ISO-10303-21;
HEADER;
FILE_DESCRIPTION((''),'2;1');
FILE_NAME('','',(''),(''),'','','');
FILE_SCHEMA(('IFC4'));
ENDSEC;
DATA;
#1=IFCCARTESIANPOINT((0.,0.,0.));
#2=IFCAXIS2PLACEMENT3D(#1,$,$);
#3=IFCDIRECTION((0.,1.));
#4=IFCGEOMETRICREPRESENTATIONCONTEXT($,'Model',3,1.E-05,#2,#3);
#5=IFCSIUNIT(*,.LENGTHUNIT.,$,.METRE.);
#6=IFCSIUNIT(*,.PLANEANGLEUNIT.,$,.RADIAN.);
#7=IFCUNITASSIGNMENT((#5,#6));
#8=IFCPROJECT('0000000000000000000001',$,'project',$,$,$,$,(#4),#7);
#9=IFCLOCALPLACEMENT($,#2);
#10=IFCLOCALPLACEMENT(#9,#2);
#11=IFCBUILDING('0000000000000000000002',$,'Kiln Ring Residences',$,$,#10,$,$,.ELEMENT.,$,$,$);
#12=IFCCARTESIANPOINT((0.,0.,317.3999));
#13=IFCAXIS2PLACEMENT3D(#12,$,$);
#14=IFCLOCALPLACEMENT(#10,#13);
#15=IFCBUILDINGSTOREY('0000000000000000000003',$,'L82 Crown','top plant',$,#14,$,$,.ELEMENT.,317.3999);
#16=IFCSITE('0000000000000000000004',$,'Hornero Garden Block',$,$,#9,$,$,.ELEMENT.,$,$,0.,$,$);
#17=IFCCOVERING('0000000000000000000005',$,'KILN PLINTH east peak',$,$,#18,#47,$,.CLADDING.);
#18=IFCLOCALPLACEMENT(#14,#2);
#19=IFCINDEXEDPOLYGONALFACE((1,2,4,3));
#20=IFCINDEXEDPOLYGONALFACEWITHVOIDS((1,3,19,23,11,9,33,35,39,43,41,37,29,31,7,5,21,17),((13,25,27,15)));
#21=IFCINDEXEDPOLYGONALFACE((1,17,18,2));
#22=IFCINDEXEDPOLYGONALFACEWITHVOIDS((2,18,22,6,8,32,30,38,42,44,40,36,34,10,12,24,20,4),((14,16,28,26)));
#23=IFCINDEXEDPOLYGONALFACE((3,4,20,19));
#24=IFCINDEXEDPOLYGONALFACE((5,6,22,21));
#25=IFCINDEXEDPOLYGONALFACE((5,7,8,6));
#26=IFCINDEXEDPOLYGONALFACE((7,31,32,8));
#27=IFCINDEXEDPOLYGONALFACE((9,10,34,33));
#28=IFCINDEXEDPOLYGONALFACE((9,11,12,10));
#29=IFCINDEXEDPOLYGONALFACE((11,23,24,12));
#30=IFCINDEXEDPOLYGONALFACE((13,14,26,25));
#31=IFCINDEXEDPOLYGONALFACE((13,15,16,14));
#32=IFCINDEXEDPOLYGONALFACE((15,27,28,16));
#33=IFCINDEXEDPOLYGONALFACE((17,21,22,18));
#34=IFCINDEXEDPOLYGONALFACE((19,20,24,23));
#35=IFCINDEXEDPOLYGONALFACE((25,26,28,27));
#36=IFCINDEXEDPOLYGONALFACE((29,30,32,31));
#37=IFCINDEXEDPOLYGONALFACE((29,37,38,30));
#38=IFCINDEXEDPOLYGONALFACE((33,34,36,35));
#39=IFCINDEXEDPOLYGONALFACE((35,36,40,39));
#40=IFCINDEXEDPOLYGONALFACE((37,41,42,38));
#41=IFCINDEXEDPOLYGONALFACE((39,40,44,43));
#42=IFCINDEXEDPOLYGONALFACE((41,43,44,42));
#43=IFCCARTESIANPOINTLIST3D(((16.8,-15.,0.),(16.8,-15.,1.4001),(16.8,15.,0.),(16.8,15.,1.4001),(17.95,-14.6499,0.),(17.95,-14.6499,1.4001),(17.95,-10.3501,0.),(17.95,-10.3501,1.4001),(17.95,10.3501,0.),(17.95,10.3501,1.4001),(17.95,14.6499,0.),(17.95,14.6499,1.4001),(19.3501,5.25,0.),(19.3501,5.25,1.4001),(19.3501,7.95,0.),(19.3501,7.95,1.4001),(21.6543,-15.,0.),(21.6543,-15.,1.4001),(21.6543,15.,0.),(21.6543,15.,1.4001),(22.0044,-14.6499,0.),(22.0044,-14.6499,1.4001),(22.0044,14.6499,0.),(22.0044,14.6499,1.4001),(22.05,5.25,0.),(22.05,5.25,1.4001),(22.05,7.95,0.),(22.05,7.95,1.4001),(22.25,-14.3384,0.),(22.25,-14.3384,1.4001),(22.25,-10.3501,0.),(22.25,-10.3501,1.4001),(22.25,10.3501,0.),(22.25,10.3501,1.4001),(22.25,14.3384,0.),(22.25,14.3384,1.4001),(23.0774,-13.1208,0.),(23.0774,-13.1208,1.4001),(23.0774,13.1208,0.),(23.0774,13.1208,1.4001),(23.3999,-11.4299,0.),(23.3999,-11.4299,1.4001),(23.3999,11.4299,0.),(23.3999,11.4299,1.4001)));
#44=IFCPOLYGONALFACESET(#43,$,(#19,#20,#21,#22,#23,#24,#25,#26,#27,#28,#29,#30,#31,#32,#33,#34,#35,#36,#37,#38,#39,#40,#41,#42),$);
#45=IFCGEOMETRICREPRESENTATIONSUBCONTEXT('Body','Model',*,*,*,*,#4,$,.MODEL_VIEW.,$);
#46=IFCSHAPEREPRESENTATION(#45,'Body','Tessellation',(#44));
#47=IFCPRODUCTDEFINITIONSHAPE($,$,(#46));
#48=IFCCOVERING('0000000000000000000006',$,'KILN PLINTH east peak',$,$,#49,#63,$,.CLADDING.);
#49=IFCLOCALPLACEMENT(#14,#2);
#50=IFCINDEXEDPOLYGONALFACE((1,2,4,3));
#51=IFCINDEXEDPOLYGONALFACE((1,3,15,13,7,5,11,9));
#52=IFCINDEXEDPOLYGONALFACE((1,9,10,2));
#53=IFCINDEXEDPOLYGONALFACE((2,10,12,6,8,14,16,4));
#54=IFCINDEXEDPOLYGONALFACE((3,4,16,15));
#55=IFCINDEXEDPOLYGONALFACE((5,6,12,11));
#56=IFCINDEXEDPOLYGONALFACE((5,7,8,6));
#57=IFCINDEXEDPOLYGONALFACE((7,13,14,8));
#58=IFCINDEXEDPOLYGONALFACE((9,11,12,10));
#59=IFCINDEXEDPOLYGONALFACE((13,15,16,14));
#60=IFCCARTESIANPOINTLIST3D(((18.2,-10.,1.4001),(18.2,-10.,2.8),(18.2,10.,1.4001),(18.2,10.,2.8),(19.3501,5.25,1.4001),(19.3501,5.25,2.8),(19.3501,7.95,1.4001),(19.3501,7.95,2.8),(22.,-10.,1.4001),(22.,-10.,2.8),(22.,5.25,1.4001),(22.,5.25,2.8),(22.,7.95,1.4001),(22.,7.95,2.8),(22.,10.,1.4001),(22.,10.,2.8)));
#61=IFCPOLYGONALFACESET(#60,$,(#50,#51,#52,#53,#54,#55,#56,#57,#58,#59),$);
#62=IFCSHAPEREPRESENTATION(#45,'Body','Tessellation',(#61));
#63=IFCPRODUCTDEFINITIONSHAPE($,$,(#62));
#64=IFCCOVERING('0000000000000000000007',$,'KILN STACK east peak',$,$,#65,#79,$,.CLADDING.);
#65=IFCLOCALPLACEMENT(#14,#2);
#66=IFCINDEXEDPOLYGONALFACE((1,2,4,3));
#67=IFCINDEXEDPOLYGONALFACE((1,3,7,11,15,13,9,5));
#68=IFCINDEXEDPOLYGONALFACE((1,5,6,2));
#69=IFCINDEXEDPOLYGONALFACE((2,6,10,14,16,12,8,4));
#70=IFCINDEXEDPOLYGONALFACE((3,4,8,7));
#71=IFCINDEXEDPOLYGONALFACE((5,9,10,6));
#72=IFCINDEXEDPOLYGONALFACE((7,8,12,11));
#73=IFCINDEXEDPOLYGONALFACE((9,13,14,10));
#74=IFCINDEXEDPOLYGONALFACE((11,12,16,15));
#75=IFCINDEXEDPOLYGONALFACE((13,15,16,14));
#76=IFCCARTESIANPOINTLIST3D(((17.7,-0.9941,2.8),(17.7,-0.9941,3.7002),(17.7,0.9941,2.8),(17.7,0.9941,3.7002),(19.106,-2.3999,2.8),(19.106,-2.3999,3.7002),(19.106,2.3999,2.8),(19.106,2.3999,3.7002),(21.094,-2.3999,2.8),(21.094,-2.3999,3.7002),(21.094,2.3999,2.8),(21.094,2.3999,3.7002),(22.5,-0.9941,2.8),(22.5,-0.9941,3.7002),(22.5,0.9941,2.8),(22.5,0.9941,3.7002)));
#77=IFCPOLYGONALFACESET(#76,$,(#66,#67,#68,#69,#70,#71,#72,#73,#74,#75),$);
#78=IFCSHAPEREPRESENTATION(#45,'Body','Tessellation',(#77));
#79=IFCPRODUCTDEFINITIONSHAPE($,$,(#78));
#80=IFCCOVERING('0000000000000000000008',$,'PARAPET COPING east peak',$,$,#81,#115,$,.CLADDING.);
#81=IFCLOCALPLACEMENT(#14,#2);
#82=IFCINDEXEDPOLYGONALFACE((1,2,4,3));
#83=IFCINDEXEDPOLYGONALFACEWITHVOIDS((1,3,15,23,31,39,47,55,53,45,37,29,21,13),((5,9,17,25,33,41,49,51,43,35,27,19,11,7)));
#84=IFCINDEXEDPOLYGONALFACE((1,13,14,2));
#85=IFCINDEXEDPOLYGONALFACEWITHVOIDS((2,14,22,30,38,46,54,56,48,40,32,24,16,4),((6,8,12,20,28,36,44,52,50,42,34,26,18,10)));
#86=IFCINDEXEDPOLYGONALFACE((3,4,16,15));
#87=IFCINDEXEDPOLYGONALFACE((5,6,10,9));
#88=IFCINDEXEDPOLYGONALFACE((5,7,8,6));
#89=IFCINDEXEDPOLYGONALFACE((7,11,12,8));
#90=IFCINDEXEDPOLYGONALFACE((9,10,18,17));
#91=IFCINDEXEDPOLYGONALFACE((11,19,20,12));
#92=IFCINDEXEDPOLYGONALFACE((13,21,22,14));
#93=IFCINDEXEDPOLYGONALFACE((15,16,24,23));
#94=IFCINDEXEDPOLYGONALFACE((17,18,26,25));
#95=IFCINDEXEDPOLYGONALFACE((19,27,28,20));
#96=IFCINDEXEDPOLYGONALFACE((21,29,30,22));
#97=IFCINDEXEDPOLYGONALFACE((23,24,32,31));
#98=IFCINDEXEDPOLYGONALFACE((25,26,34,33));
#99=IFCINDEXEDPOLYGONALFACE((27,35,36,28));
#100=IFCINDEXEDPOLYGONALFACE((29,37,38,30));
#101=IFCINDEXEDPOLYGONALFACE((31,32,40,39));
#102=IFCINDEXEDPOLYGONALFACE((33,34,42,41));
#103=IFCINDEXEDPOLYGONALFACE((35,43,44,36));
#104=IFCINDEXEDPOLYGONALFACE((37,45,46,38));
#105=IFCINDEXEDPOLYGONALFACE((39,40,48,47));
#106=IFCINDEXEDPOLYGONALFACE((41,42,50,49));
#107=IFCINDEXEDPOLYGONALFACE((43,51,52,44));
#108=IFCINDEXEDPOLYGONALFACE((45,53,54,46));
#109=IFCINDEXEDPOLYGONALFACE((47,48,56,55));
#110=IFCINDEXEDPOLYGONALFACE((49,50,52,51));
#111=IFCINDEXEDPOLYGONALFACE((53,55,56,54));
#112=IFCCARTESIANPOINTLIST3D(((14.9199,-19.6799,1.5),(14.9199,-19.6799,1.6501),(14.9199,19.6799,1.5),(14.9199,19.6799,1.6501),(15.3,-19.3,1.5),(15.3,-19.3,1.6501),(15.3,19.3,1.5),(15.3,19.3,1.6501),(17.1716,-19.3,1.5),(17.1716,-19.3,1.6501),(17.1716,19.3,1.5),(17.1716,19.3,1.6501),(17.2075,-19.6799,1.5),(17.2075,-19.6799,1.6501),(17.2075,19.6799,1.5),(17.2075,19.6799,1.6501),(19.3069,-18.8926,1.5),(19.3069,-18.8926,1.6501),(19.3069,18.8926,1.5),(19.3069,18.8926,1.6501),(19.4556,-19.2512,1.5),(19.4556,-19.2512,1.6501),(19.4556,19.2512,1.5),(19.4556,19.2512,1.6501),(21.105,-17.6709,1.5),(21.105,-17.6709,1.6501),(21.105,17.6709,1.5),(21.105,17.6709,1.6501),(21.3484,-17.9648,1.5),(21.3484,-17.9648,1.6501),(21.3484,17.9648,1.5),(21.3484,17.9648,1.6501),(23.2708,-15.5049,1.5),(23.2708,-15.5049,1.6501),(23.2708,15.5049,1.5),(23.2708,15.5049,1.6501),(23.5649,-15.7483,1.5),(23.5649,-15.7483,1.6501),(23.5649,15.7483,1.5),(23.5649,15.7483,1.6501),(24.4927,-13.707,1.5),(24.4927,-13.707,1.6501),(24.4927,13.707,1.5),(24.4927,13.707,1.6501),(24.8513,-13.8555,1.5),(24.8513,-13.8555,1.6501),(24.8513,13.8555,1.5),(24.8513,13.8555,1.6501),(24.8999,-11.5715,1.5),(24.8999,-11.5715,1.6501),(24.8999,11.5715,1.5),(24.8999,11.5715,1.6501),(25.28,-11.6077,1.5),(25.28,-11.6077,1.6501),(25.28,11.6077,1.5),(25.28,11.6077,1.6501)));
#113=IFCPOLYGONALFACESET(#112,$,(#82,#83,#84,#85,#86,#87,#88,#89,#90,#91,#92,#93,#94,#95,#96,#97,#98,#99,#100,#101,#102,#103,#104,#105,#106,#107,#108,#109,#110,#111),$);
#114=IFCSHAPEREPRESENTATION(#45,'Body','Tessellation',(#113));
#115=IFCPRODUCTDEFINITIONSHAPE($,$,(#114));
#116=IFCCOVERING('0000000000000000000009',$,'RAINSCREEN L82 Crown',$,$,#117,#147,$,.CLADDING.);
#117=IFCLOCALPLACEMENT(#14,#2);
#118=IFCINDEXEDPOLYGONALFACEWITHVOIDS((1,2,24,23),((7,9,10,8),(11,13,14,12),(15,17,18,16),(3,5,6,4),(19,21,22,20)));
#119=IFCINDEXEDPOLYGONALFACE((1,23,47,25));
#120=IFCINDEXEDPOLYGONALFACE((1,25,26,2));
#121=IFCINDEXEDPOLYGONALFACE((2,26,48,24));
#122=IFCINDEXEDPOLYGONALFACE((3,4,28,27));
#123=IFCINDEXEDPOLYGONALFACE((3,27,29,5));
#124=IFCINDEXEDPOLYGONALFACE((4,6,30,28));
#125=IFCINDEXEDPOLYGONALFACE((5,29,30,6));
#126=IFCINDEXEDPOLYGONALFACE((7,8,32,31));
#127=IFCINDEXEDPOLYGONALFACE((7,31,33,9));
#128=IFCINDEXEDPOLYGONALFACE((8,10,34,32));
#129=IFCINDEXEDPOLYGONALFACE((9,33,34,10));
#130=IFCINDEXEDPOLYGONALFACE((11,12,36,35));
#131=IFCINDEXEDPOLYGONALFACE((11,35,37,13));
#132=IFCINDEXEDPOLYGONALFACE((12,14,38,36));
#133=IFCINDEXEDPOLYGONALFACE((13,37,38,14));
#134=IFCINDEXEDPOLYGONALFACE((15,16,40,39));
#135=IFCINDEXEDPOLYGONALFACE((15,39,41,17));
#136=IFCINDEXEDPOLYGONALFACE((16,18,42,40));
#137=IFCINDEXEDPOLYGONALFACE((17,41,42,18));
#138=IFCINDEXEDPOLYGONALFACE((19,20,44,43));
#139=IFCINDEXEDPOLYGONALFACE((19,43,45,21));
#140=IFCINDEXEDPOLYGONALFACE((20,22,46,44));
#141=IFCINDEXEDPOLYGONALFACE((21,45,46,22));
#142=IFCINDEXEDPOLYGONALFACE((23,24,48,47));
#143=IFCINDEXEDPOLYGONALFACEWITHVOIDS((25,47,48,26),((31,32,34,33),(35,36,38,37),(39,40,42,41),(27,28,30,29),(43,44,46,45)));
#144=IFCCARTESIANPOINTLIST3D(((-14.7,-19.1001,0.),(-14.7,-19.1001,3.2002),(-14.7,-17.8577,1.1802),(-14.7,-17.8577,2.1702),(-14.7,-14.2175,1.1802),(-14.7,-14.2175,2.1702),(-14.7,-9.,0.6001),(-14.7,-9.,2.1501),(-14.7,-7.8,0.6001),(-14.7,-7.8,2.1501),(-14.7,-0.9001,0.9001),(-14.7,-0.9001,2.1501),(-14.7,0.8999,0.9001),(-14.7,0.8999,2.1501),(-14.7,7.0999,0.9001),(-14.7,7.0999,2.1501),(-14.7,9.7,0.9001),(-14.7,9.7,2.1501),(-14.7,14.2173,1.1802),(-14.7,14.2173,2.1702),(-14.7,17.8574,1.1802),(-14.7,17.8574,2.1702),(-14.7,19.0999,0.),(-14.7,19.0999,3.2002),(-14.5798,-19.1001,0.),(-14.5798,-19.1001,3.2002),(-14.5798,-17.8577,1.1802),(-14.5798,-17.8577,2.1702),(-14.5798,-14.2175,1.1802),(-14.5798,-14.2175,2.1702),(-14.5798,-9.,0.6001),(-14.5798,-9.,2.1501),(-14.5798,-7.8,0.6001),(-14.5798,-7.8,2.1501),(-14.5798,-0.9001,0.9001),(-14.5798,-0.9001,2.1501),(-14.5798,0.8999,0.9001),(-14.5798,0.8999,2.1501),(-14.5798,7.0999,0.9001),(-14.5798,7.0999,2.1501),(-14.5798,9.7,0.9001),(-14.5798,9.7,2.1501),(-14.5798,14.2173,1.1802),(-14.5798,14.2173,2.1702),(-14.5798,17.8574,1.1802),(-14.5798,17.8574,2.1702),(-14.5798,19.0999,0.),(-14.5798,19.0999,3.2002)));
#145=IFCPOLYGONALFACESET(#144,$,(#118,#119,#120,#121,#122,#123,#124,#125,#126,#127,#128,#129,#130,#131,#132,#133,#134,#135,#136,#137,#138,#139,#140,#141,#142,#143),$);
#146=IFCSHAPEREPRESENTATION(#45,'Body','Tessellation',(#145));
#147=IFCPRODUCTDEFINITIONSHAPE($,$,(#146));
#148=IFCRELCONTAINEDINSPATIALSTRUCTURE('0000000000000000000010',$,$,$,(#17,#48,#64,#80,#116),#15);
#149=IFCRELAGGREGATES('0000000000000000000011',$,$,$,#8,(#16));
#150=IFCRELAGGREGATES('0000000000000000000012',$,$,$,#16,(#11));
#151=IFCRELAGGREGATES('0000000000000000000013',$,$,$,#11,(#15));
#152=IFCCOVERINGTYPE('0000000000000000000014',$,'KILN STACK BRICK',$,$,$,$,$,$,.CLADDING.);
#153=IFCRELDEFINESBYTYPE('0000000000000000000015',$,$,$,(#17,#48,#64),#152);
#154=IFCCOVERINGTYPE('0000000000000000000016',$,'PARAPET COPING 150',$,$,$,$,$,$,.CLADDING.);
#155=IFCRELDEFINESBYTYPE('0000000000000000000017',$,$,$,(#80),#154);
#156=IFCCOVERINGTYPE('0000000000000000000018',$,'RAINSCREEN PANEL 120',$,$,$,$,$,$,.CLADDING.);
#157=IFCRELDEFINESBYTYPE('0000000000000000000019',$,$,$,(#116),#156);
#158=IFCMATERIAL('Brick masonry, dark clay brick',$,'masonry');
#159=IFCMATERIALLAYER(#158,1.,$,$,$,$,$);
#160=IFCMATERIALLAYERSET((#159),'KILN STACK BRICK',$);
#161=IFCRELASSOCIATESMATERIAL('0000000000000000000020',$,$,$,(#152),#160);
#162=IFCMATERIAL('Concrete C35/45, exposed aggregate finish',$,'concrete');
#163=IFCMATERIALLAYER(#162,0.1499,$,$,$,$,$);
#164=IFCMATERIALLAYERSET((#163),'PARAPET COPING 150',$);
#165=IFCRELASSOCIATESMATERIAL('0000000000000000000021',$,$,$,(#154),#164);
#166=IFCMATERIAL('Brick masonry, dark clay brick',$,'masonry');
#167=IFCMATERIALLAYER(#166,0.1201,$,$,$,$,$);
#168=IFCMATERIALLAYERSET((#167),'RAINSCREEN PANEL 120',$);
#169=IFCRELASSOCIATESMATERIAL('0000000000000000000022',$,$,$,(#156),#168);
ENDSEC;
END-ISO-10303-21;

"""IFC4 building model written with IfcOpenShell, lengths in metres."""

from ifc_helpers import new_model, si_unit, direction, frame, origin, place, context, subcontext, project, spatial, polyline, outline, extrude, material, layer, layer_set, type_object, element, save


model = new_model("IFC4")

# Units and contexts
model_context = context("Model", 3, precision=1e-05, world=origin(), true_north=direction((0.0, 1.0)))
body_context = subcontext(model_context, "Body", "Model", "MODEL_VIEW")
ifc_project = project(units=[si_unit("LENGTHUNIT", "METRE"), si_unit("PLANEANGLEUNIT", "RADIAN")], contexts=[model_context])

# Site, building, storey
site_placement = place(None, origin())
site = spatial("IfcSite", under=ifc_project, at=site_placement, Name="Hornero Garden Block", CompositionType="ELEMENT", RefElevation=0.0)
building_placement = place(site_placement, origin())
building = spatial("IfcBuilding", under=site, at=building_placement, Name="Kiln Ring Residences", CompositionType="ELEMENT")
storey_placement = place(building_placement, frame((0.0, 0.0, 317.3999)))
storey = spatial("IfcBuildingStorey", under=building, at=storey_placement, Name="L82 Crown", Description="top plant", CompositionType="ELEMENT", Elevation=317.3999)

# Shared definitions
placement_1 = place(storey_placement, frame((0.0, 0.0, 1.4001)))

# Shared definitions
placement_2 = place(storey_placement, origin())

# Coverings
ifc_material_1 = material(Name="Brick masonry, dark clay brick", Category="masonry")
ifc_layer_1 = layer(ifc_material_1, 1.0)
ifc_layer_set_1 = layer_set([ifc_layer_1], Name="KILN STACK BRICK")
covering_type_1 = type_object("IfcCoveringType", Name="KILN STACK BRICK", PredefinedType="CLADDING", material=ifc_layer_set_1)
element("IfcCovering", 1, at=placement_2, inside=storey, type_object=covering_type_1, Name="KILN PLINTH east peak", PredefinedType="CLADDING", context=body_context, shape_type="SweptSolid", body=[
    extrude(outline(polyline([(17.95, 14.6499), (22.0044, 14.6499), (21.6543, 15.0), (16.8, 15.0), (16.8, -15.0), (21.6543, -15.0), (22.0044, -14.6499), (17.95, -14.6499), (17.95, -10.3501), (22.25, -10.3501), (22.25, -14.3384), (23.0774, -13.1208), (23.3999, -11.4299), (23.3999, 11.4299), (23.0774, 13.1208), (22.25, 14.3384), (22.25, 10.3501), (17.95, 10.3501), (17.95, 14.6499)]), holes=[polyline([(22.05, 7.95), (22.05, 5.25), (19.3501, 5.25), (19.3501, 7.95), (22.05, 7.95)])]), origin(), (0.0, 0.0, 1.0), 1.4001),
])
element("IfcCovering", 2, at=placement_1, inside=storey, type_object=covering_type_1, Name="KILN PLINTH east peak", PredefinedType="CLADDING", context=body_context, shape_type="SweptSolid", body=[
    extrude(outline(polyline([(22.0, 10.0), (18.2, 10.0), (18.2, -10.0), (22.0, -10.0), (22.0, 5.25), (19.3501, 5.25), (19.3501, 7.95), (22.0, 7.95), (22.0, 10.0)])), origin(), (0.0, 0.0, 1.0), 1.3999),
])
covering_1_placement = place(storey_placement, frame((0.0, 0.0, 2.8)))
element("IfcCovering", 3, at=covering_1_placement, inside=storey, type_object=covering_type_1, Name="KILN STACK east peak", PredefinedType="CLADDING", context=body_context, shape_type="SweptSolid", body=[
    extrude(outline(polyline([(22.5, 0.9941), (21.094, 2.3999), (19.106, 2.3999), (17.7, 0.9941), (17.7, -0.9941), (19.106, -2.3999), (21.094, -2.3999), (22.5, -0.9941), (22.5, 0.9941)])), origin(), (0.0, 0.0, 1.0), 0.9001),
])
ifc_material_2 = material(Name="Concrete C35/45, exposed aggregate finish", Category="concrete")
ifc_layer_2 = layer(ifc_material_2, 0.1499)
ifc_layer_set_2 = layer_set([ifc_layer_2], Name="PARAPET COPING 150")
covering_type_2 = type_object("IfcCoveringType", Name="PARAPET COPING 150", PredefinedType="CLADDING", material=ifc_layer_set_2)
covering_2_placement = place(storey_placement, frame((0.0, 0.0, 1.5)))
element("IfcCovering", 4, at=covering_2_placement, inside=storey, type_object=covering_type_2, Name="PARAPET COPING east peak", PredefinedType="CLADDING", context=body_context, shape_type="SweptSolid", body=[
    extrude(outline(polyline([(14.9199, 19.6799), (14.9199, -19.6799), (17.2075, -19.6799), (19.4556, -19.2512), (21.3484, -17.9648), (23.5649, -15.7483), (24.8513, -13.8555), (25.28, -11.6077), (25.28, 11.6077), (24.8513, 13.8555), (23.5649, 15.7483), (21.3484, 17.9648), (19.4556, 19.2512), (17.2075, 19.6799), (14.9199, 19.6799)]), holes=[polyline([(17.1716, -19.3), (15.3, -19.3), (15.3, 19.3), (17.1716, 19.3), (19.3069, 18.8926), (21.105, 17.6709), (23.2708, 15.5049), (24.4927, 13.707), (24.8999, 11.5715), (24.8999, -11.5715), (24.4927, -13.707), (23.2708, -15.5049), (21.105, -17.6709), (19.3069, -18.8926), (17.1716, -19.3)])]), origin(), (0.0, 0.0, 1.0), 0.1501),
])
ifc_material_3 = material(Name="Brick masonry, dark clay brick", Category="masonry")
ifc_layer_3 = layer(ifc_material_3, 0.1201)
ifc_layer_set_3 = layer_set([ifc_layer_3], Name="RAINSCREEN PANEL 120")
covering_type_3 = type_object("IfcCoveringType", Name="RAINSCREEN PANEL 120", PredefinedType="CLADDING", material=ifc_layer_set_3)
covering_3_placement = place(storey_placement, frame((-14.6399, -19.1001, 0.0), z_axis=(0.0, 0.0, 1.0), x_axis=(0.0, 1.0, 0.0)))
element("IfcCovering", 5, at=covering_3_placement, inside=storey, type_object=covering_type_3, Name="RAINSCREEN L82 Crown", PredefinedType="CLADDING", context=body_context, shape_type="SweptSolid", body=[
    extrude(outline(polyline([(0.0, 0.0), (38.2, 0.0), (38.2, 3.2002), (0.0, 3.2002), (0.0, 0.0)]), holes=[polyline([(11.3, 0.6001), (11.3, 2.1501), (10.1001, 2.1501), (10.1001, 0.6001), (11.3, 0.6001)]), polyline([(20.0, 0.9001), (20.0, 2.1501), (18.2, 2.1501), (18.2, 0.9001), (20.0, 0.9001)]), polyline([(28.8, 0.9001), (28.8, 2.1501), (26.2, 2.1501), (26.2, 0.9001), (28.8, 0.9001)]), polyline([(1.2424, 1.1802), (4.8826, 1.1802), (4.8826, 2.1702), (1.2424, 2.1702), (1.2424, 1.1802)]), polyline([(33.3174, 1.1802), (36.9575, 1.1802), (36.9575, 2.1702), (33.3174, 2.1702), (33.3174, 1.1802)])]), frame((0.0, 0.0601, 0.0), z_axis=(0.0, -1.0, 0.0), x_axis=(1.0, 0.0, 0.0)), (0.0, 0.0, 1.0), 0.1201),
])

save(model, "model.ifc")
